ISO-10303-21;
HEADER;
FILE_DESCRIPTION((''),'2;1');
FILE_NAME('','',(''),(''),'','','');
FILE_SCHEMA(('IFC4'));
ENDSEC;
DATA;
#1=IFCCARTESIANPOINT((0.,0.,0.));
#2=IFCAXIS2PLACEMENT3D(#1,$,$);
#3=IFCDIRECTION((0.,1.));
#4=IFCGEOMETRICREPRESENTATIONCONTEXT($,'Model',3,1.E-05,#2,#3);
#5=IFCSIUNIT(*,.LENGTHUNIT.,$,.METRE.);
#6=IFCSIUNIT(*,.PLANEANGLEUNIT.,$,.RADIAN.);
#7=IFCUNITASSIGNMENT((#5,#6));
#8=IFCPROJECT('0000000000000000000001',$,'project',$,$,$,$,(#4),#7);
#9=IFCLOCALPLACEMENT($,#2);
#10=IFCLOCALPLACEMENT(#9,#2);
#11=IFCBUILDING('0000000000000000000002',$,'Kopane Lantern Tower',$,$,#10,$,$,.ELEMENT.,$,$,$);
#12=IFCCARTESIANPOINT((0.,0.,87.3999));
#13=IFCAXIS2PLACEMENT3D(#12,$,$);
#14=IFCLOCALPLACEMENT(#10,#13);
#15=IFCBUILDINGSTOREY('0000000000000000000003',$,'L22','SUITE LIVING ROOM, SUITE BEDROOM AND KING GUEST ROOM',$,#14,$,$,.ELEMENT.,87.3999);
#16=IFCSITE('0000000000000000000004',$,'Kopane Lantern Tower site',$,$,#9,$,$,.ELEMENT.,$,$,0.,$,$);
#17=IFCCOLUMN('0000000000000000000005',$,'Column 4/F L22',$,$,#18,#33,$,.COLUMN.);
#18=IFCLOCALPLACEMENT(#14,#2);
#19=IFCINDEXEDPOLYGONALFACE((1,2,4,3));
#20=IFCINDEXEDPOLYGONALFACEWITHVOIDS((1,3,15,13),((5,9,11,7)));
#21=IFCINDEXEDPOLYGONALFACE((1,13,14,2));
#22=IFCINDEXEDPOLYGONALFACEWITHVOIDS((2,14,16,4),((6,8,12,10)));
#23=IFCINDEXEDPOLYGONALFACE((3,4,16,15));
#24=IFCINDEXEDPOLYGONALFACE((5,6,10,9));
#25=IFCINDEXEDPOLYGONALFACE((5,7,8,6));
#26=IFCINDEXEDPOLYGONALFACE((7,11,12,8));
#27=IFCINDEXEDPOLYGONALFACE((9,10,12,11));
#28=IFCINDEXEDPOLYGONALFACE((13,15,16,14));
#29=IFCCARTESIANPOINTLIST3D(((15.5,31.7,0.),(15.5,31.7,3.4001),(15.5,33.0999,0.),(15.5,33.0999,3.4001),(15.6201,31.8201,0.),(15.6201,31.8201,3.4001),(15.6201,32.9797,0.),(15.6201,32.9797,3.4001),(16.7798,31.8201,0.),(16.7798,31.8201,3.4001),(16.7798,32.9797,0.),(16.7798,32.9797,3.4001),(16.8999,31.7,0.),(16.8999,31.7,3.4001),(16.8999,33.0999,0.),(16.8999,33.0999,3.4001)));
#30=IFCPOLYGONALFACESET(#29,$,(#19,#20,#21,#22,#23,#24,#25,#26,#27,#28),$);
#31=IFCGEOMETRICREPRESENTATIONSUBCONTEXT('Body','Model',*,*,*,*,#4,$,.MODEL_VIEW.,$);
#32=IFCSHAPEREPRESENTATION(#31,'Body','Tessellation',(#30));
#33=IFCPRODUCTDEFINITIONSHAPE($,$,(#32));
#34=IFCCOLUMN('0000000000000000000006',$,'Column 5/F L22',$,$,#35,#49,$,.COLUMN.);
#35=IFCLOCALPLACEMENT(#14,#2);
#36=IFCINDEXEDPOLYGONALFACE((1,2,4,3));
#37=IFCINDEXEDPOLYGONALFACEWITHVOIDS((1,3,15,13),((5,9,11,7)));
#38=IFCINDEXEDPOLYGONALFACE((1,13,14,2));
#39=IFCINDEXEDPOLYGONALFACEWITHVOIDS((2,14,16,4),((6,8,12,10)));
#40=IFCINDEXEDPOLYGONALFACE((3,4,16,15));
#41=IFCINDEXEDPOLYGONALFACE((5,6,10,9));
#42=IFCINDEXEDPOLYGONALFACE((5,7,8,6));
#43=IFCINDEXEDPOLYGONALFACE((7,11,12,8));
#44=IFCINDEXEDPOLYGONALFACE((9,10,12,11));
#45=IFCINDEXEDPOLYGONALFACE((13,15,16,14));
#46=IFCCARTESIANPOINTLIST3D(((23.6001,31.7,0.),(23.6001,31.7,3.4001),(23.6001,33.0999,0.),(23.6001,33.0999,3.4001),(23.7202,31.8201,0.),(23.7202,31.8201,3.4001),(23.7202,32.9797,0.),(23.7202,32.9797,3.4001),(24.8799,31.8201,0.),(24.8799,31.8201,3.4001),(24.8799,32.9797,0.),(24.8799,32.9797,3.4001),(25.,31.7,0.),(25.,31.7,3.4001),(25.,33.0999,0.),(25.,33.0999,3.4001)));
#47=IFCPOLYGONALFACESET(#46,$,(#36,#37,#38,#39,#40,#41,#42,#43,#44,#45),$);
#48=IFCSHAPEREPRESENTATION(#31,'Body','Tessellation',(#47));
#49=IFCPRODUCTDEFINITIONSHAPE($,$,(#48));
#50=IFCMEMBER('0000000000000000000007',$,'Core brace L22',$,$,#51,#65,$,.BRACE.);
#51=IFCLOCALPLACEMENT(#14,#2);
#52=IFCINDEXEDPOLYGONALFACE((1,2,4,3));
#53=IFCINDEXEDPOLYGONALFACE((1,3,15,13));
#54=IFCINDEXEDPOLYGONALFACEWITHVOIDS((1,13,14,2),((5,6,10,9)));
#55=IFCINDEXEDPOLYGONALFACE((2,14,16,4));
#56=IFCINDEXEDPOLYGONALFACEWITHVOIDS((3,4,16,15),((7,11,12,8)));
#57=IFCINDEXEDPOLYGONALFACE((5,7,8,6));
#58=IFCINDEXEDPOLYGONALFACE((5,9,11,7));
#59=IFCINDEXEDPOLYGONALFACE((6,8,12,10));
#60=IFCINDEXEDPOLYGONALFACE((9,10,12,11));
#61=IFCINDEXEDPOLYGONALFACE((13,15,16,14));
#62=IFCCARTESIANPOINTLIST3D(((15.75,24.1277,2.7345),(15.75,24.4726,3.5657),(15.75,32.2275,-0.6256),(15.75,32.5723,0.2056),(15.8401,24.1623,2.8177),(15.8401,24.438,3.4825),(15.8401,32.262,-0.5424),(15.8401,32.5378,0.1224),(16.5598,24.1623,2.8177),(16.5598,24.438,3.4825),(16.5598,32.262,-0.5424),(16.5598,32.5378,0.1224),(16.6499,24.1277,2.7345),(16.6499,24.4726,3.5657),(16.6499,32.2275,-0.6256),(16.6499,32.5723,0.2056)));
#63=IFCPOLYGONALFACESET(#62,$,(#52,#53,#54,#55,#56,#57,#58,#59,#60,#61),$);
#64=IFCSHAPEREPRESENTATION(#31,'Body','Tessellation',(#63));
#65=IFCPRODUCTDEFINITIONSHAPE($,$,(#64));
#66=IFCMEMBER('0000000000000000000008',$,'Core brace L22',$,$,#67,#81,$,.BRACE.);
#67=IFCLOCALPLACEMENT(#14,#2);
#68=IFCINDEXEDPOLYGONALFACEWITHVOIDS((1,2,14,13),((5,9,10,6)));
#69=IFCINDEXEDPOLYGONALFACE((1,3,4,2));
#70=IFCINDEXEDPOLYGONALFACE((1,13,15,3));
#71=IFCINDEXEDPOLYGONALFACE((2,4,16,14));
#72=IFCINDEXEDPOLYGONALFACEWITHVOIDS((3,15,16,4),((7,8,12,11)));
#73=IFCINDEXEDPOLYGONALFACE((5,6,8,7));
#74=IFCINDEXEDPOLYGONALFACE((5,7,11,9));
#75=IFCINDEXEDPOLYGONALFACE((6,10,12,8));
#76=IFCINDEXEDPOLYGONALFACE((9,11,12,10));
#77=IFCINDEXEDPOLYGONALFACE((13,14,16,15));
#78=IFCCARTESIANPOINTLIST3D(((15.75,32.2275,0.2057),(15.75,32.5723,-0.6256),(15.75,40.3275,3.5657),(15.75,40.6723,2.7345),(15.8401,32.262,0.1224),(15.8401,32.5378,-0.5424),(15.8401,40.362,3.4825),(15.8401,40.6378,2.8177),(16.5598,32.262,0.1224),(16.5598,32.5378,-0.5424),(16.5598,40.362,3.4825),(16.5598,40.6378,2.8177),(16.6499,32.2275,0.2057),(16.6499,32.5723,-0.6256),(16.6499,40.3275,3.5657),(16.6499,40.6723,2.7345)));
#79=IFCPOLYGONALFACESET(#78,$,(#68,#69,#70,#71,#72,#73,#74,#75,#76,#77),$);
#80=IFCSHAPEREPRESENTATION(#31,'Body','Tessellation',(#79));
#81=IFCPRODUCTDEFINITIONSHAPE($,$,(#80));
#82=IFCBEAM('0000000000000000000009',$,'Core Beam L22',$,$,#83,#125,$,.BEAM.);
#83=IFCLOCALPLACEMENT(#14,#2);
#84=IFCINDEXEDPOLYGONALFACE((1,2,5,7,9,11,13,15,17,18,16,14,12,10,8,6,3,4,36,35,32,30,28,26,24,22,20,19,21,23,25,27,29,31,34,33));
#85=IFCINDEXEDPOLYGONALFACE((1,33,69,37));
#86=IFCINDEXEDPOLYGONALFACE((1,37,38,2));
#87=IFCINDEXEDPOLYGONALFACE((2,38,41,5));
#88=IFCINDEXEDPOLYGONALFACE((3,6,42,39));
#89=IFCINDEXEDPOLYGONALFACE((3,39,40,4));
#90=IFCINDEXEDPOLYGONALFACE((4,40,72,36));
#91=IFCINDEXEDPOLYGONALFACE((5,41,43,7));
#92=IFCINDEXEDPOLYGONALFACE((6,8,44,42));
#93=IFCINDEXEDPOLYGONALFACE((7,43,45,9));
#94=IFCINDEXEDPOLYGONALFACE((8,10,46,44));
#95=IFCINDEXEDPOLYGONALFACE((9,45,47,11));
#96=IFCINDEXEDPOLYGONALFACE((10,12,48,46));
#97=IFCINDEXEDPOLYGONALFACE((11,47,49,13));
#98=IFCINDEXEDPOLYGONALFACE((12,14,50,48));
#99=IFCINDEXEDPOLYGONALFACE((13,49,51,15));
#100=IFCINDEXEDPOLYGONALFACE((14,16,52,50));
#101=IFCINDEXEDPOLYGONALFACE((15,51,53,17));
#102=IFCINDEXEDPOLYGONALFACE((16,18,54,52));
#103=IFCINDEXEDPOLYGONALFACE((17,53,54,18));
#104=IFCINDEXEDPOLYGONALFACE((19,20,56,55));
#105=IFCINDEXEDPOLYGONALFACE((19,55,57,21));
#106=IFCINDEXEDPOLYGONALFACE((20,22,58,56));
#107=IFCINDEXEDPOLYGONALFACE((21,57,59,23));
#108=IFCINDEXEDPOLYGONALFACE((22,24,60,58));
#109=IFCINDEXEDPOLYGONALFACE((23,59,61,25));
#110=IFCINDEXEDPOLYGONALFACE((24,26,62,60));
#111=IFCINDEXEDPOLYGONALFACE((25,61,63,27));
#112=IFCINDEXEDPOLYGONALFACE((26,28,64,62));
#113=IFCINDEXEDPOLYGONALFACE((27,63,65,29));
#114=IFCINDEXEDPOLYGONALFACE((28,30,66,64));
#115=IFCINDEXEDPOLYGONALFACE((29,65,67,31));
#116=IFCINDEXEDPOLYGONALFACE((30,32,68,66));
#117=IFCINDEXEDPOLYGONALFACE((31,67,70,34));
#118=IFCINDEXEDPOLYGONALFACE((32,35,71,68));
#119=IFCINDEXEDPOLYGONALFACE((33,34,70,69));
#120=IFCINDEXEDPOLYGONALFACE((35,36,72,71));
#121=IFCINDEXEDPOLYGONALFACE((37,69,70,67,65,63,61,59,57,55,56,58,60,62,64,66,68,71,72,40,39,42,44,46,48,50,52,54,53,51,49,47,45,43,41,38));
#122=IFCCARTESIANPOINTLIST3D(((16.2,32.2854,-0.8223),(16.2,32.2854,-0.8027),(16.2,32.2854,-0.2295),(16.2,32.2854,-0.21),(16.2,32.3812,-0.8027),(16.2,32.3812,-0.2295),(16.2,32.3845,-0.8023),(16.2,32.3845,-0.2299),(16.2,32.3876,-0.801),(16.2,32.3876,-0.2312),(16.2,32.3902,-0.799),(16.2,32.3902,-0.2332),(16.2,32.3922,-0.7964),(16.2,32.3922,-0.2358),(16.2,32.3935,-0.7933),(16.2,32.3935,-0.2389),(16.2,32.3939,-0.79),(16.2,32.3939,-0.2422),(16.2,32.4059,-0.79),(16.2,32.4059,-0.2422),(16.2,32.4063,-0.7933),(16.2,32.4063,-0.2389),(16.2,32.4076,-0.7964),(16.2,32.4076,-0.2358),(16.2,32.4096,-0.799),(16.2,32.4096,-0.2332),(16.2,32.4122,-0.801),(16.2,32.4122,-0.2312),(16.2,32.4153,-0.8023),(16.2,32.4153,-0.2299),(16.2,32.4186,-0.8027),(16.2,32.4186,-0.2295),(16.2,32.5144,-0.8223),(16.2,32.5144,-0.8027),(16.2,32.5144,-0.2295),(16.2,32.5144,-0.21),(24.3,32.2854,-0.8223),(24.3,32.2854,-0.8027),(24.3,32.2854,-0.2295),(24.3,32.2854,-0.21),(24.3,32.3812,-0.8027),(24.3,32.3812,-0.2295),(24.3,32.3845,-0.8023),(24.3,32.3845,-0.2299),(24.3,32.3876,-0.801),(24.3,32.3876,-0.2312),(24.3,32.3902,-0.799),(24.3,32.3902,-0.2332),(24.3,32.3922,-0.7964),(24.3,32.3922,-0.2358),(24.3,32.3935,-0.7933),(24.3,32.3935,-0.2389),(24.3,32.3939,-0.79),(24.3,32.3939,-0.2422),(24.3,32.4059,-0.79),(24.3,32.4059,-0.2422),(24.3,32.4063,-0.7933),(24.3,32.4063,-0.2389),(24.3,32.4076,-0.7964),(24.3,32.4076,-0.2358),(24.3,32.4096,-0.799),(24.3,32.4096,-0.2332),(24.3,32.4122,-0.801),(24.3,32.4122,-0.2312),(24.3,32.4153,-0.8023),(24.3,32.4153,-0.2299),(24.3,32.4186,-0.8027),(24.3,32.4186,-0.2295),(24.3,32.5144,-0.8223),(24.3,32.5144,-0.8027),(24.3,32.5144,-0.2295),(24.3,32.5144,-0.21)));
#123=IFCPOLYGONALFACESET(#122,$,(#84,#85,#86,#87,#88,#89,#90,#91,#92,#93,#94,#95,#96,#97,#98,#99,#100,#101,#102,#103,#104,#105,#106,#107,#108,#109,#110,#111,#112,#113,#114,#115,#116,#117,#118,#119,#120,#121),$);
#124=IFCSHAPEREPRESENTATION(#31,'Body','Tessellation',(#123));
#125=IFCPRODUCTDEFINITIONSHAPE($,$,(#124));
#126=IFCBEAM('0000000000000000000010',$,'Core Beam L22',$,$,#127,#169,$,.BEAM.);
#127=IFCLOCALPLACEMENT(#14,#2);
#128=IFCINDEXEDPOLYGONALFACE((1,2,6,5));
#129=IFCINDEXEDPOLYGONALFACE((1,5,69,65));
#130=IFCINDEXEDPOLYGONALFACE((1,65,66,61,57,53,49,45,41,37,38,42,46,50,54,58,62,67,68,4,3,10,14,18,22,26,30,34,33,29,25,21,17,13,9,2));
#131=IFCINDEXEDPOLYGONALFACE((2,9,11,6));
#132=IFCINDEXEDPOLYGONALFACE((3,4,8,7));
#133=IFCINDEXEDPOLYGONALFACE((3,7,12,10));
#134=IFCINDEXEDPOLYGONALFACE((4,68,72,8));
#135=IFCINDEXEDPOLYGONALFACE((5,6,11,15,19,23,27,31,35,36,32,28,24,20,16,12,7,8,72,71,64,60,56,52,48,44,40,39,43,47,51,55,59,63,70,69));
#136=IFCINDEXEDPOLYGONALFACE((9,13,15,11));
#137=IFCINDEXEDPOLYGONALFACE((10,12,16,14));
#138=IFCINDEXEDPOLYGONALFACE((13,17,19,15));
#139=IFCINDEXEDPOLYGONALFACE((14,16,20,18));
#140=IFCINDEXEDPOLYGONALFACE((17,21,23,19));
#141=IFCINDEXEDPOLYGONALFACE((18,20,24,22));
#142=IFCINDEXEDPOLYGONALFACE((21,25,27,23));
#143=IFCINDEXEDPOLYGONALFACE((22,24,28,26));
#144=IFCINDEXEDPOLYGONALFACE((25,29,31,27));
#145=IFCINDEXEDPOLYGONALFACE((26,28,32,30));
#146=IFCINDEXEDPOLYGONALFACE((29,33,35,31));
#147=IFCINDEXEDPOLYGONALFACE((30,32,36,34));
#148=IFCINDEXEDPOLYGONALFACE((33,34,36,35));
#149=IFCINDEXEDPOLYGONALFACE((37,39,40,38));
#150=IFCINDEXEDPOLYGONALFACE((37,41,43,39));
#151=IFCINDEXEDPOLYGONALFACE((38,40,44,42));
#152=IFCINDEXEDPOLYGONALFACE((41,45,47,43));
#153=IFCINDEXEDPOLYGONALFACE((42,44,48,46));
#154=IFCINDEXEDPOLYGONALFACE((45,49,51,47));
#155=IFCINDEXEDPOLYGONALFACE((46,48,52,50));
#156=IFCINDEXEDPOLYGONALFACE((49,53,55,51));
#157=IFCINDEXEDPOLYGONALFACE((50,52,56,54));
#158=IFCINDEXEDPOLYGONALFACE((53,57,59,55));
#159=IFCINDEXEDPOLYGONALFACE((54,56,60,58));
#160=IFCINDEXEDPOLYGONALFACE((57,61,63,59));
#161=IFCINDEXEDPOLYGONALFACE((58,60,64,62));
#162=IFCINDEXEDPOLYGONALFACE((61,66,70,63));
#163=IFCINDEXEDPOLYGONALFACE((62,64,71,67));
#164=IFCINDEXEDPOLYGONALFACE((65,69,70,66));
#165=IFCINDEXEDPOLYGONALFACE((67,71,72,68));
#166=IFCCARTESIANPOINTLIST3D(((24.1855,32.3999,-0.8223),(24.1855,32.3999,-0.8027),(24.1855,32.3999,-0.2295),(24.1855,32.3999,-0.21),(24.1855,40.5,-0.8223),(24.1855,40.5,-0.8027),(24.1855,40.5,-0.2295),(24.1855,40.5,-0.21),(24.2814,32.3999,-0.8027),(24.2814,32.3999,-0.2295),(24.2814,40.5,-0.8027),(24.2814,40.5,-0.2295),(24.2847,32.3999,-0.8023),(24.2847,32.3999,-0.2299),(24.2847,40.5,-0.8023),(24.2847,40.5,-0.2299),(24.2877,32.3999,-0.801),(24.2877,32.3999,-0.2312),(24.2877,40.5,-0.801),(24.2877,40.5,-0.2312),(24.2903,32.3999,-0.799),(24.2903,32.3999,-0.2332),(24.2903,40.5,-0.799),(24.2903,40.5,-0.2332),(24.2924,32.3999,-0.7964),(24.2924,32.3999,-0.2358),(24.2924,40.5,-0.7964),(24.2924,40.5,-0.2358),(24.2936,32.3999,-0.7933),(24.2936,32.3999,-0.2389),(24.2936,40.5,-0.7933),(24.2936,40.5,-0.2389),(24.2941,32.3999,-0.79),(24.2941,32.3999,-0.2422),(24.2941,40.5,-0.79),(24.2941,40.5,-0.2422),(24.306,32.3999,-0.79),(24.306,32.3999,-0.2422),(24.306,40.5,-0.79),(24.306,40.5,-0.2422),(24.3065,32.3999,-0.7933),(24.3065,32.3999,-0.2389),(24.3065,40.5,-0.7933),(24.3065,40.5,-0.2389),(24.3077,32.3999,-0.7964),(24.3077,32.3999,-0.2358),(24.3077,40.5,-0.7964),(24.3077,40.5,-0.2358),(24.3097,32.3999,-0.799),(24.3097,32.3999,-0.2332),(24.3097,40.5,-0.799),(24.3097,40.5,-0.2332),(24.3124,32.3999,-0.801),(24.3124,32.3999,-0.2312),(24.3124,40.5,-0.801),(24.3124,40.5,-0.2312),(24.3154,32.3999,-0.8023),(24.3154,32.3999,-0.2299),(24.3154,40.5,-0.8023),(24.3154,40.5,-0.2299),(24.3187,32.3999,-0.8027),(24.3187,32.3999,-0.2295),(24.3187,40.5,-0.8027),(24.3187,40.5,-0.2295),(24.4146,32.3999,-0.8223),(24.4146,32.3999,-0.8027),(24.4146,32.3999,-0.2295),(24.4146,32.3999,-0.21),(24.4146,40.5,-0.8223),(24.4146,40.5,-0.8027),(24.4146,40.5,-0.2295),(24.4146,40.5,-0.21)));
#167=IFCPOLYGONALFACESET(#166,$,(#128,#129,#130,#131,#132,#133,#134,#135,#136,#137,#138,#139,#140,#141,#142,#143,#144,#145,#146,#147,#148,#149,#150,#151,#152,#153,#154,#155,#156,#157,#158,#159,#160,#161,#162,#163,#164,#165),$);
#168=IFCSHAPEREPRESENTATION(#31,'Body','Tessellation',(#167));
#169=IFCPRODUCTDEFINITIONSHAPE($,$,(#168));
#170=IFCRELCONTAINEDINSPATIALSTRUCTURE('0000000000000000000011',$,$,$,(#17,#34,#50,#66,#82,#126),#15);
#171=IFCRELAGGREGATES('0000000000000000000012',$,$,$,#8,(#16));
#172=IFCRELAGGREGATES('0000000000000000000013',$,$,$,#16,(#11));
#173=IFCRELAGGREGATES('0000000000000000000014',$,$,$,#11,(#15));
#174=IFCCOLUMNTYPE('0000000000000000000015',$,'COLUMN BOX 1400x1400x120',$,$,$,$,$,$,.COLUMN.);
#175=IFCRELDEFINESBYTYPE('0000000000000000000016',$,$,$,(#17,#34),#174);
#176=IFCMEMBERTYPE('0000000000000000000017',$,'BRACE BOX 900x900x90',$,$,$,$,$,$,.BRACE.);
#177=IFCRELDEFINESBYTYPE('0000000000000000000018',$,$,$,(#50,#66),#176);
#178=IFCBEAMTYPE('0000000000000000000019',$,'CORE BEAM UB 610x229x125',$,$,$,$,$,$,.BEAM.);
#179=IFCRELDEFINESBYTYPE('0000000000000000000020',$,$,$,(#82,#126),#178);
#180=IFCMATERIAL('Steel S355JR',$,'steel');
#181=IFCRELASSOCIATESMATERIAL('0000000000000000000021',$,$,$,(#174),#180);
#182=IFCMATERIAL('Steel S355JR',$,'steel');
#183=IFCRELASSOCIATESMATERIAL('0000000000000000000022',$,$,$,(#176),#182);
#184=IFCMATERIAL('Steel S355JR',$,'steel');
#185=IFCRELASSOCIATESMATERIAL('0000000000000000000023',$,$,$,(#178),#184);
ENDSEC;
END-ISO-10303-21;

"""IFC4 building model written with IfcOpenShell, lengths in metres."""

from ifc_helpers import new_model, si_unit, direction, frame, origin, origin_2d, place, context, subcontext, project, spatial, hollow_rectangle, i_section, extrude, material, material_profile, profile_set, type_object, element, save


model = new_model("IFC4")

# Units and contexts
model_context = context("Model", 3, precision=1e-05, world=origin(), true_north=direction((0.0, 1.0)))
body_context = subcontext(model_context, "Body", "Model", "MODEL_VIEW")
ifc_project = project(units=[si_unit("LENGTHUNIT", "METRE"), si_unit("PLANEANGLEUNIT", "RADIAN")], contexts=[model_context])

# Site, building, storey
site_placement = place(None, origin())
site = spatial("IfcSite", under=ifc_project, at=site_placement, Name="Kopane Lantern Tower site", CompositionType="ELEMENT", RefElevation=0.0)
building_placement = place(site_placement, origin())
building = spatial("IfcBuilding", under=site, at=building_placement, Name="Kopane Lantern Tower", CompositionType="ELEMENT")
storey_placement = place(building_placement, frame((0.0, 0.0, 87.3999)))
storey = spatial("IfcBuildingStorey", under=building, at=storey_placement, Name="L22", Description="SUITE LIVING ROOM, SUITE BEDROOM AND KING GUEST ROOM", CompositionType="ELEMENT", Elevation=87.3999)

# Columns
ifc_material_1 = material(Name="Steel S355JR", Category="steel")
ifc_material_profile_1 = material_profile(ifc_material_1, hollow_rectangle(XDim=1.3999, YDim=1.3999, WallThickness=0.1201, at=origin_2d()), Name="BOX 1400x1400x120")
ifc_profile_set_1 = profile_set([ifc_material_profile_1], Name="Steel S355JR")
column_type = type_object("IfcColumnType", Name="COLUMN BOX 1400x1400x120", PredefinedType="COLUMN", material=ifc_profile_set_1)
for number, where, z_axis, x_axis, name in (
    (1, (16.2, 32.3999, 0.0), (0.0, 0.0, 1.0), (1.0, 0.0, 0.0), "Column 4/F L22"),
    (2, (24.3, 32.3999, 0.0), (0.0, 0.0, 1.0), (1.0, 0.0, 0.0), "Column 5/F L22"),
):
    element("IfcColumn", number, at=place(storey_placement, frame(where, z_axis=z_axis, x_axis=x_axis)), inside=storey, type_object=column_type, Name=name, PredefinedType="COLUMN", context=body_context, shape_type="SweptSolid", body=[
        extrude(hollow_rectangle(XDim=1.3999, YDim=1.3999, WallThickness=0.1201, at=origin_2d()), origin(), (0.0, 0.0, 1.0), 3.4001),
    ])

# Members
ifc_material_2 = material(Name="Steel S355JR", Category="steel")
ifc_material_profile_2 = material_profile(ifc_material_2, hollow_rectangle(XDim=0.8999, YDim=0.8999, WallThickness=0.0901, at=origin_2d()), Name="BOX 900x900x90")
ifc_profile_set_2 = profile_set([ifc_material_profile_2], Name="Steel S355JR")
member_type = type_object("IfcMemberType", Name="BRACE BOX 900x900x90", PredefinedType="BRACE", material=ifc_profile_set_2)
member_1_placement = place(storey_placement, frame((16.2, 32.3999, -0.21), z_axis=(0.0, -0.923676, 0.383174), x_axis=(1.0, 0.0, 0.0)))
element("IfcMember", 3, at=member_1_placement, inside=storey, type_object=member_type, Name="Core brace L22", PredefinedType="BRACE", context=body_context, shape_type="SweptSolid", body=[
    extrude(hollow_rectangle(XDim=0.8999, YDim=0.8999, WallThickness=0.0901, at=origin_2d()), origin(), (0.0, 0.0, 1.0), 8.769),
])
member_2_placement = place(storey_placement, frame((16.2, 32.3999, -0.21), z_axis=(0.0, 0.92368, 0.383164), x_axis=(-1.0, 0.0, 0.0)))
element("IfcMember", 4, at=member_2_placement, inside=storey, type_object=member_type, Name="Core brace L22", PredefinedType="BRACE", context=body_context, shape_type="SweptSolid", body=[
    extrude(hollow_rectangle(XDim=0.8999, YDim=0.8999, WallThickness=0.0901, at=origin_2d()), origin(), (0.0, 0.0, 1.0), 8.7693),
])

# Beams
ifc_material_3 = material(Name="Steel S355JR", Category="steel")
ifc_material_profile_3 = material_profile(ifc_material_3, i_section(OverallWidth=0.229, OverallDepth=0.6123, WebThickness=0.012, FlangeThickness=0.0195, FilletRadius=0.0127, at=origin_2d()), Name="UB 610x229x125")
ifc_profile_set_3 = profile_set([ifc_material_profile_3], Name="Steel S355JR")
beam_type_1 = type_object("IfcBeamType", Name="CORE BEAM UB 610x229x125", PredefinedType="BEAM", material=ifc_profile_set_3)
for number, where, z_axis, x_axis, name in (
    (5, (16.2, 32.3999, -0.5161), (1.0, 0.0, 0.0), (0.0, 1.0, 0.0), "Core Beam L22"),
    (6, (24.3, 32.3999, -0.5161), (0.0, 1.0, 0.0), (-1.0, 0.0, 0.0), "Core Beam L22"),
):
    element("IfcBeam", number, at=place(storey_placement, frame(where, z_axis=z_axis, x_axis=x_axis)), inside=storey, type_object=beam_type_1, Name=name, PredefinedType="BEAM", context=body_context, shape_type="SweptSolid", body=[
        extrude(i_section(OverallWidth=0.229, OverallDepth=0.6123, WebThickness=0.012, FlangeThickness=0.0195, FilletRadius=0.0127, at=origin_2d()), origin(), (0.0, 0.0, 1.0), 8.1001),
    ])

save(model, "model.ifc")
